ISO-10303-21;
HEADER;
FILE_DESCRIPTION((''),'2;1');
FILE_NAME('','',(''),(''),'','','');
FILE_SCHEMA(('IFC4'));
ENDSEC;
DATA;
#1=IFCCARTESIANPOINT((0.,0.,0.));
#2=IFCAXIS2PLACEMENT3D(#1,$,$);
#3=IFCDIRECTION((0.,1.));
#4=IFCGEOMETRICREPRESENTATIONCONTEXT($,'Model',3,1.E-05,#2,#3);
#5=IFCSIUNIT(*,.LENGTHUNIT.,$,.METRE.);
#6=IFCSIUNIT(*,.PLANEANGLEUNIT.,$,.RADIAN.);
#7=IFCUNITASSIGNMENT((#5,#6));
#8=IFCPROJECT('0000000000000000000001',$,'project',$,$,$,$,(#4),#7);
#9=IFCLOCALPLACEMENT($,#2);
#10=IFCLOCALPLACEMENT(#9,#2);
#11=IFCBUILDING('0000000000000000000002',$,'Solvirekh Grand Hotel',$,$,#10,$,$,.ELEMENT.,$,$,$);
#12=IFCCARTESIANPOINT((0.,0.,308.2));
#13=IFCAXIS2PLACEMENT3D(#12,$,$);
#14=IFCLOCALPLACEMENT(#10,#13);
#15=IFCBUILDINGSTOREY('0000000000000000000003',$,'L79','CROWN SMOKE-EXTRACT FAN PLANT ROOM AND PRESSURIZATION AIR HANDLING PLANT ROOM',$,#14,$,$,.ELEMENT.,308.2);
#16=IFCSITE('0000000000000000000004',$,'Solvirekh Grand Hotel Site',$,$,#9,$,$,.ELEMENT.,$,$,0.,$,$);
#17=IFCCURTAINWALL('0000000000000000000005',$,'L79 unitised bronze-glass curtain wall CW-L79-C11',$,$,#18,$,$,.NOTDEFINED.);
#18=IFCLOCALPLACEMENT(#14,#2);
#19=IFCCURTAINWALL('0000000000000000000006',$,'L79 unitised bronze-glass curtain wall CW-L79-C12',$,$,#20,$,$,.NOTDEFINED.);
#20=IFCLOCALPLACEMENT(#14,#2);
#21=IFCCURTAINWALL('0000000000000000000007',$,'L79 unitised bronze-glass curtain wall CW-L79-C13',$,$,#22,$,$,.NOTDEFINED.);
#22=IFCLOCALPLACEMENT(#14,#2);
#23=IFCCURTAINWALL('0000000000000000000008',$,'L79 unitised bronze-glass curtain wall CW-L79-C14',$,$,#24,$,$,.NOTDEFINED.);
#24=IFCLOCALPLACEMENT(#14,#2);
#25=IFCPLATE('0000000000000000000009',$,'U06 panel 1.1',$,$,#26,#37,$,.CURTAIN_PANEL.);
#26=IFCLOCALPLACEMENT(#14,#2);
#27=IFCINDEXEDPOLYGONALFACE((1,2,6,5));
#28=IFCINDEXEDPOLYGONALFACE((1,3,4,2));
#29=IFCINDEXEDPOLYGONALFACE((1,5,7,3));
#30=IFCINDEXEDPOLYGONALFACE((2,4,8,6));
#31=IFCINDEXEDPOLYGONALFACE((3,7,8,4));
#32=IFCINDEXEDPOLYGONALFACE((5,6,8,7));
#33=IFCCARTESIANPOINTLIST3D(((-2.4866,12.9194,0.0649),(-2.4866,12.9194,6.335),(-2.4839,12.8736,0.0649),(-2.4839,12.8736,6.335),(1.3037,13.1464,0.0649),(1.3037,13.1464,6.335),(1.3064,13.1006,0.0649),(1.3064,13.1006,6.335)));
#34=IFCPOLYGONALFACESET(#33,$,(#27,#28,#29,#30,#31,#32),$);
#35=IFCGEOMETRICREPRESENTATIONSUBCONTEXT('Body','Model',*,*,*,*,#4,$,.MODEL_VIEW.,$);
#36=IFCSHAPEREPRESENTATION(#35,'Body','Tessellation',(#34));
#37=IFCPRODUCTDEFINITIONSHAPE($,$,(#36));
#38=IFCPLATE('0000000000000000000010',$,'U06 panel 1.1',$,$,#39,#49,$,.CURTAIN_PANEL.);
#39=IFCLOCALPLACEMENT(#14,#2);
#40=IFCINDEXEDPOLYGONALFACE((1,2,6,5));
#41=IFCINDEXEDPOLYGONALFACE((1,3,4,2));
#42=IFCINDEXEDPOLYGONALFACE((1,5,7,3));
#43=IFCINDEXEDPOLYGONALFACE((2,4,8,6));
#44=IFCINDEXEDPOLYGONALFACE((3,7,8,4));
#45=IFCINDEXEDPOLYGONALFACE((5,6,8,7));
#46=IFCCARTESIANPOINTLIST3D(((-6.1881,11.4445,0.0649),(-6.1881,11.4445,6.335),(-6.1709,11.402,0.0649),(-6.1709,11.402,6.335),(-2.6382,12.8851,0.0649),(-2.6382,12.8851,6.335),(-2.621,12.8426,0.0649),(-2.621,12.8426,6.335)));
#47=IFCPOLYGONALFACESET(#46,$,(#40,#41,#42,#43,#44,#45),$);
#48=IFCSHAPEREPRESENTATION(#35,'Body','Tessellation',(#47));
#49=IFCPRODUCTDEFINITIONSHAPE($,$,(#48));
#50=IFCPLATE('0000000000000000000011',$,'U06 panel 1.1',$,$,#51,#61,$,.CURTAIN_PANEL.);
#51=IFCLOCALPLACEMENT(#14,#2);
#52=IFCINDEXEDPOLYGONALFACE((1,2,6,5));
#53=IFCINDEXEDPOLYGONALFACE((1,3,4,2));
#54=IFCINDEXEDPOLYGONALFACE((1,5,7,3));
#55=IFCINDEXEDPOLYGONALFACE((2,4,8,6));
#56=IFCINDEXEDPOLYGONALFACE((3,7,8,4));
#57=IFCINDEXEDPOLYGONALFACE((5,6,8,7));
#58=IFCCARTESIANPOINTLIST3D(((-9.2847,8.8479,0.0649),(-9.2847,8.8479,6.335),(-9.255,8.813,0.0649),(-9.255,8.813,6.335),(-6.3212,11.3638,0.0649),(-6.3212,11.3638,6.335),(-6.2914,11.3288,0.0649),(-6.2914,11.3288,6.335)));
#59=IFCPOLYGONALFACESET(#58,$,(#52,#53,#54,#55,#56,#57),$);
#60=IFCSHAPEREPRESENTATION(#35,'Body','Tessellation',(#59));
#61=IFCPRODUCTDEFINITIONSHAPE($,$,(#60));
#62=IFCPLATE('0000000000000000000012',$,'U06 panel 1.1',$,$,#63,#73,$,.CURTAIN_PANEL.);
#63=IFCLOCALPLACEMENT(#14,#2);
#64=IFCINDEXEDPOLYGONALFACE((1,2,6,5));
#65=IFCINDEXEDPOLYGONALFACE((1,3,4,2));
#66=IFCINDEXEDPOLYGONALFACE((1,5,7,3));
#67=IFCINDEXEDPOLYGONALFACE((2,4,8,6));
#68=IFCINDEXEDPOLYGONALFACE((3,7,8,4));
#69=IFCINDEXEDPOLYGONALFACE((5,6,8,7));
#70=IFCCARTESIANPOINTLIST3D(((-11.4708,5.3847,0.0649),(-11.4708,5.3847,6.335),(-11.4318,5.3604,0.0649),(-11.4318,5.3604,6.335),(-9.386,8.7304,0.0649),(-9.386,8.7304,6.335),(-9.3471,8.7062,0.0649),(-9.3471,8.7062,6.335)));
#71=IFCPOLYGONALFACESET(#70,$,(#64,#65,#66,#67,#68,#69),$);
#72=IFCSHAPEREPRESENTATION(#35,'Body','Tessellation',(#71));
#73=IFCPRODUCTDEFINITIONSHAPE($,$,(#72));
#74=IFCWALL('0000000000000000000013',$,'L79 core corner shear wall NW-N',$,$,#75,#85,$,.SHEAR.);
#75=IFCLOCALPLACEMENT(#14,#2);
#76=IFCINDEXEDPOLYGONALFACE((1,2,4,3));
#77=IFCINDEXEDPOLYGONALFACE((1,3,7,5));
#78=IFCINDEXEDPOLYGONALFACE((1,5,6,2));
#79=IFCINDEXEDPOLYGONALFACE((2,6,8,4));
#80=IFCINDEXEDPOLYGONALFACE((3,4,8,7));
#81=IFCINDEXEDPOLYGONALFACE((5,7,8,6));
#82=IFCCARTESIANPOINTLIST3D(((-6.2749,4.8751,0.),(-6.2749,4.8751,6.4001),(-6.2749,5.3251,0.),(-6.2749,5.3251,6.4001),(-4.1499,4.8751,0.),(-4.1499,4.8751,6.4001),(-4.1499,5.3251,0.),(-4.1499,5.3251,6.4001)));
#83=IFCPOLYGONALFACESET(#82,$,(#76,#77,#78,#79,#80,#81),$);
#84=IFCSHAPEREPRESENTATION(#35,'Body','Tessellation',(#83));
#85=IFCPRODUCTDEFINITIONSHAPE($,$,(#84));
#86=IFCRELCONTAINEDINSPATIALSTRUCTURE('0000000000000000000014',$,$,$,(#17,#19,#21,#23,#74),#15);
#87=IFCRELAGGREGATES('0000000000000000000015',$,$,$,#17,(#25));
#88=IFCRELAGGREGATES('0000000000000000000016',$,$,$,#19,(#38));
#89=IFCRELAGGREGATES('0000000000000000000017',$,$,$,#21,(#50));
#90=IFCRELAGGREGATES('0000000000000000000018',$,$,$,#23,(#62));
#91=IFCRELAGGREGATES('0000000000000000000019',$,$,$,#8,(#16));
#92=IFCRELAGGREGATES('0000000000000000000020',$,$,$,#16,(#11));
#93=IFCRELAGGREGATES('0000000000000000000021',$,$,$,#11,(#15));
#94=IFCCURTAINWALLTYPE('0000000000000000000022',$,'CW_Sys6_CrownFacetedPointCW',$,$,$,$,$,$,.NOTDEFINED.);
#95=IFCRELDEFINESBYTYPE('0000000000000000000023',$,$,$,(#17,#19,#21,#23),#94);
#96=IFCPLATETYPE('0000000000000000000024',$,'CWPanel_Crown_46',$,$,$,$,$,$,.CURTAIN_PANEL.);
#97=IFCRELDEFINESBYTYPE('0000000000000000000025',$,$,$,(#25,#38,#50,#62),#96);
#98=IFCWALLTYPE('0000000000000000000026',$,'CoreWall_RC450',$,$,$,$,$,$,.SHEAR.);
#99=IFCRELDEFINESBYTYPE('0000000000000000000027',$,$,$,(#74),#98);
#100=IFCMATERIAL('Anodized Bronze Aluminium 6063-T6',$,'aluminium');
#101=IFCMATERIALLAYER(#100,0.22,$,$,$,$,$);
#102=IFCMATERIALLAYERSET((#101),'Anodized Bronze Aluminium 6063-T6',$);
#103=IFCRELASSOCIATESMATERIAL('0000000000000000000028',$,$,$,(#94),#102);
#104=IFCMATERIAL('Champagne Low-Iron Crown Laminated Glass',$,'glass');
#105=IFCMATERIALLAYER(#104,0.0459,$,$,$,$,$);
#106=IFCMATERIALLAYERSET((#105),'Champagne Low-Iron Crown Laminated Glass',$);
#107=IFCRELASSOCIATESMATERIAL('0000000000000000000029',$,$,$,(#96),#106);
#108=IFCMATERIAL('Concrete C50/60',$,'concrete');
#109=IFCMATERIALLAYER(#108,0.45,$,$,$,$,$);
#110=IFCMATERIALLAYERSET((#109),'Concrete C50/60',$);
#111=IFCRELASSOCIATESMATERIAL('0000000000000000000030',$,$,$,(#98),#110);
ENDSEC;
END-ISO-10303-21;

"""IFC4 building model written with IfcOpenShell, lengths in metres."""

from ifc_helpers import new_model, si_unit, direction, frame, frame_2d, origin, origin_2d, place, context, subcontext, project, spatial, rectangle, extrude, source, transform, mapped, material, layer, layer_set, type_object, element, aggregate, save


model = new_model("IFC4")

# Units and contexts
model_context = context("Model", 3, precision=1e-05, world=origin(), true_north=direction((0.0, 1.0)))
body_context = subcontext(model_context, "Body", "Model", "MODEL_VIEW")
ifc_project = project(units=[si_unit("LENGTHUNIT", "METRE"), si_unit("PLANEANGLEUNIT", "RADIAN")], contexts=[model_context])

# Site, building, storey
site_placement = place(None, origin())
site = spatial("IfcSite", under=ifc_project, at=site_placement, Name="Solvirekh Grand Hotel Site", CompositionType="ELEMENT", RefElevation=0.0)
building_placement = place(site_placement, origin())
building = spatial("IfcBuilding", under=site, at=building_placement, Name="Solvirekh Grand Hotel", CompositionType="ELEMENT")
storey_placement = place(building_placement, frame((0.0, 0.0, 308.2)))
storey = spatial("IfcBuildingStorey", under=building, at=storey_placement, Name="L79", Description="CROWN SMOKE-EXTRACT FAN PLANT ROOM AND PRESSURIZATION AIR HANDLING PLANT ROOM", CompositionType="ELEMENT", Elevation=308.2)

# Curtain wall
ifc_material_1 = material(Name="Anodized Bronze Aluminium 6063-T6", Category="aluminium")
ifc_layer_1 = layer(ifc_material_1, 0.22)
ifc_layer_set_1 = layer_set([ifc_layer_1], Name="Anodized Bronze Aluminium 6063-T6")
curtain_wall_type = type_object("IfcCurtainWallType", Name="CW_Sys6_CrownFacetedPointCW", PredefinedType="NOTDEFINED", material=ifc_layer_set_1)
curtain_wall_1_placement = place(storey_placement, origin())
curtain_wall_1 = element("IfcCurtainWall", 1, at=curtain_wall_1_placement, inside=storey, type_object=curtain_wall_type, Name="L79 unitised bronze-glass curtain wall CW-L79-C11", PredefinedType="NOTDEFINED")

# Curtain walls
curtain_wall_2_placement = place(storey_placement, origin())
curtain_wall_2 = element("IfcCurtainWall", 2, at=curtain_wall_2_placement, inside=storey, type_object=curtain_wall_type, Name="L79 unitised bronze-glass curtain wall CW-L79-C12", PredefinedType="NOTDEFINED")
curtain_wall_3_placement = place(storey_placement, origin())
curtain_wall_3 = element("IfcCurtainWall", 3, at=curtain_wall_3_placement, inside=storey, type_object=curtain_wall_type, Name="L79 unitised bronze-glass curtain wall CW-L79-C13", PredefinedType="NOTDEFINED")
curtain_wall_4_placement = place(storey_placement, origin())
curtain_wall_4 = element("IfcCurtainWall", 4, at=curtain_wall_4_placement, inside=storey, type_object=curtain_wall_type, Name="L79 unitised bronze-glass curtain wall CW-L79-C14", PredefinedType="NOTDEFINED")

# Plates
ifc_material_2 = material(Name="Champagne Low-Iron Crown Laminated Glass", Category="glass")
ifc_layer_2 = layer(ifc_material_2, 0.0459)
ifc_layer_set_2 = layer_set([ifc_layer_2], Name="Champagne Low-Iron Crown Laminated Glass")
plate_type = type_object("IfcPlateType", Name="CWPanel_Crown_46", PredefinedType="CURTAIN_PANEL", material=ifc_layer_set_2)
shared_shape_1 = source(origin(), body_context, "Body", "SweptSolid", [
    extrude(rectangle(XDim=3.7971, YDim=0.0459, at=origin_2d()), origin(), (0.0, 0.0, 1.0), 6.27),
])
plate_1_placement = place(storey_placement, frame((-0.5901, 13.01, 0.0649), z_axis=(0.0, 0.0, 1.0), x_axis=(-0.998211, -0.059791, 0.0)))
plate_1 = element("IfcPlate", 5, at=plate_1_placement, type_object=plate_type, Name="U06 panel 1.1", PredefinedType="CURTAIN_PANEL", context=body_context, shape_type="MappedRepresentation", body=[
    mapped(shared_shape_1, transform((0.0, 0.0, 0.0), x_axis=(1.0, 0.0, 0.0), y_axis=(0.0, 1.0, 0.0), z_axis=(0.0, 0.0, 1.0), scale=1.0)),
])
aggregate(curtain_wall_1, [plate_1])
shared_shape_2 = source(origin(), body_context, "Body", "SweptSolid", [
    extrude(rectangle(XDim=3.8311, YDim=0.0459, at=origin_2d()), origin(), (0.0, 0.0, 1.0), 6.27),
])
plate_2_placement = place(storey_placement, frame((-4.4045, 12.1436, 0.0649), z_axis=(0.0, 0.0, 1.0), x_axis=(-0.926612, -0.37602, 0.0)))
plate_2 = element("IfcPlate", 6, at=plate_2_placement, type_object=plate_type, Name="U06 panel 1.1", PredefinedType="CURTAIN_PANEL", context=body_context, shape_type="MappedRepresentation", body=[
    mapped(shared_shape_2, transform((0.0, 0.0, 0.0), x_axis=(1.0, 0.0, 0.0), y_axis=(0.0, 1.0, 0.0), z_axis=(0.0, 0.0, 1.0), scale=1.0)),
])
aggregate(curtain_wall_2, [plate_2])
shared_shape_3 = source(origin(), body_context, "Body", "SweptSolid", [
    extrude(rectangle(XDim=3.8875, YDim=0.0459, at=origin_2d()), origin(), (0.0, 0.0, 1.0), 6.27),
])
plate_3_placement = place(storey_placement, frame((-7.7881, 10.0884, 0.0649), z_axis=(0.0, 0.0, 1.0), x_axis=(-0.762342, -0.647174, 0.0)))
plate_3 = element("IfcPlate", 7, at=plate_3_placement, type_object=plate_type, Name="U06 panel 1.1", PredefinedType="CURTAIN_PANEL", context=body_context, shape_type="MappedRepresentation", body=[
    mapped(shared_shape_3, transform((0.0, 0.0, 0.0), x_axis=(1.0, 0.0, 0.0), y_axis=(0.0, 1.0, 0.0), z_axis=(0.0, 0.0, 1.0), scale=1.0)),
])
aggregate(curtain_wall_3, [plate_3])
shared_shape_4 = source(origin(), body_context, "Body", "SweptSolid", [
    extrude(rectangle(XDim=3.9421, YDim=0.0459, at=origin_2d()), origin(), (0.0, 0.0, 1.0), 6.27),
])
plate_4_placement = place(storey_placement, frame((-10.4089, 7.0454, 0.0649), z_axis=(0.0, 0.0, 1.0), x_axis=(-0.528834, -0.848725, 0.0)))
plate_4 = element("IfcPlate", 8, at=plate_4_placement, type_object=plate_type, Name="U06 panel 1.1", PredefinedType="CURTAIN_PANEL", context=body_context, shape_type="MappedRepresentation", body=[
    mapped(shared_shape_4, transform((0.0, 0.0, 0.0), x_axis=(1.0, 0.0, 0.0), y_axis=(0.0, 1.0, 0.0), z_axis=(0.0, 0.0, 1.0), scale=1.0)),
])
aggregate(curtain_wall_4, [plate_4])

# Wall
ifc_material_3 = material(Name="Concrete C50/60", Category="concrete")
ifc_layer_3 = layer(ifc_material_3, 0.45)
ifc_layer_set_3 = layer_set([ifc_layer_3], Name="Concrete C50/60")
wall_type = type_object("IfcWallType", Name="CoreWall_RC450", PredefinedType="SHEAR", material=ifc_layer_set_3)
wall_placement = place(storey_placement, frame((-6.2749, 5.1001, 0.0), z_axis=(0.0, 0.0, 1.0), x_axis=(1.0, 0.0, 0.0)))
element("IfcWall", 9, at=wall_placement, inside=storey, type_object=wall_type, Name="L79 core corner shear wall NW-N", PredefinedType="SHEAR", context=body_context, shape_type="SweptSolid", body=[
    extrude(rectangle(XDim=2.125, YDim=0.45, at=frame_2d((1.0625, 0.0))), origin(), (0.0, 0.0, 1.0), 6.4001),
])

save(model, "model.ifc")
